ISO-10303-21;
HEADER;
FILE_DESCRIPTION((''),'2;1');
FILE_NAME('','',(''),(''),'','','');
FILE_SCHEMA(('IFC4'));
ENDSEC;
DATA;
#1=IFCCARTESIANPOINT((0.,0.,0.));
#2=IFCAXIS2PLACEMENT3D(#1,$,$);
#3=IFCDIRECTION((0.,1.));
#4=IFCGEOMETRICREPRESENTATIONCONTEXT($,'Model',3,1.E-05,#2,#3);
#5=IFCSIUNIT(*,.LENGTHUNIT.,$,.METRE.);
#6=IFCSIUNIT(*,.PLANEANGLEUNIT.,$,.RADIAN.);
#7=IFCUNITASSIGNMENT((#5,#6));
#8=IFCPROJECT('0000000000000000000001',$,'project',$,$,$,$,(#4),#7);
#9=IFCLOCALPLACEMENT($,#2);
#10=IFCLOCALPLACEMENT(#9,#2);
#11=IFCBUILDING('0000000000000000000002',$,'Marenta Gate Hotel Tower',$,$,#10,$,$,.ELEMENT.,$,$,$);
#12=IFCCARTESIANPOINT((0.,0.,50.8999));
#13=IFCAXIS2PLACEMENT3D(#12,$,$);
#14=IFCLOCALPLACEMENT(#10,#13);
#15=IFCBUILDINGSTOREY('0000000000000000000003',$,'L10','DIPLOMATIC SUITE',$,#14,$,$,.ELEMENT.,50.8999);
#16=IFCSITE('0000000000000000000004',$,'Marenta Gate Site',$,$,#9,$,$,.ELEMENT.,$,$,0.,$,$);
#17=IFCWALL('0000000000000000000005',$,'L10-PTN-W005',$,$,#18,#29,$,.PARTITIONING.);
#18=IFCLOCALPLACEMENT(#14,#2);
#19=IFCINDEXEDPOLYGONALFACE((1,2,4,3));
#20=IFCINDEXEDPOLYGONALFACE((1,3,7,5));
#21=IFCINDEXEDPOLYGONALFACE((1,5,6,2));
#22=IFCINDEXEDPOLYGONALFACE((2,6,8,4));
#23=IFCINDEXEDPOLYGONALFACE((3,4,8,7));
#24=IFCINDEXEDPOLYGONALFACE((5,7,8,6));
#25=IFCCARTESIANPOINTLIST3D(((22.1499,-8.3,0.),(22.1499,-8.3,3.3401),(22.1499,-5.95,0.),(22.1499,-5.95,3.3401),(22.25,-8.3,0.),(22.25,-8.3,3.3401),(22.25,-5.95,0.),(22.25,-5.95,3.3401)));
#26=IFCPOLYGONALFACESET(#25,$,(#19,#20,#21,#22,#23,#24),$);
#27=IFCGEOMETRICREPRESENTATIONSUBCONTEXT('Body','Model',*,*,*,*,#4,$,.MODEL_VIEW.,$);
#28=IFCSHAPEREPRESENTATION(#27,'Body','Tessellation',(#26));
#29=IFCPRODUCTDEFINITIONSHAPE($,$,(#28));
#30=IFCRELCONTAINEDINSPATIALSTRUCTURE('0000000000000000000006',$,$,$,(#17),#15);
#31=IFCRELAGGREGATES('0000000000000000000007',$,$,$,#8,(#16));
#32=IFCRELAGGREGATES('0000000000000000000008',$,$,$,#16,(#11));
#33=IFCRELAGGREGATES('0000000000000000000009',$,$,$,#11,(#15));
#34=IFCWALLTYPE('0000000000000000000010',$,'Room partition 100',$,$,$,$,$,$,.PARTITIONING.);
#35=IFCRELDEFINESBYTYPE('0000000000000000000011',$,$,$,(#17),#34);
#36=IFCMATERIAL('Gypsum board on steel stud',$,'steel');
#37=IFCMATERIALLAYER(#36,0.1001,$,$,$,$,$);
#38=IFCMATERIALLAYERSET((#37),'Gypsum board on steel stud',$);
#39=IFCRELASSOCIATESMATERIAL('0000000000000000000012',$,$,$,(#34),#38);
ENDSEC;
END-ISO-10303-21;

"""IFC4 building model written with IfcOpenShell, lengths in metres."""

from ifc_helpers import new_model, si_unit, direction, frame, frame_2d, origin, place, context, subcontext, project, spatial, rectangle, extrude, material, layer, layer_set, type_object, element, save


model = new_model("IFC4")

# Units and contexts
model_context = context("Model", 3, precision=1e-05, world=origin(), true_north=direction((0.0, 1.0)))
body_context = subcontext(model_context, "Body", "Model", "MODEL_VIEW")
ifc_project = project(units=[si_unit("LENGTHUNIT", "METRE"), si_unit("PLANEANGLEUNIT", "RADIAN")], contexts=[model_context])

# Site, building, storey
site_placement = place(None, origin())
site = spatial("IfcSite", under=ifc_project, at=site_placement, Name="Marenta Gate Site", CompositionType="ELEMENT", RefElevation=0.0)
building_placement = place(site_placement, origin())
building = spatial("IfcBuilding", under=site, at=building_placement, Name="Marenta Gate Hotel Tower", CompositionType="ELEMENT")
storey_placement = place(building_placement, frame((0.0, 0.0, 50.8999)))
storey = spatial("IfcBuildingStorey", under=building, at=storey_placement, Name="L10", Description="DIPLOMATIC SUITE", CompositionType="ELEMENT", Elevation=50.8999)

# Shared definitions
ifc_material_1 = material(Name="Gypsum board on steel stud", Category="steel")
ifc_layer_1 = layer(ifc_material_1, 0.1001)
ifc_layer_set_1 = layer_set([ifc_layer_1], Name="Gypsum board on steel stud")
wall_type = type_object("IfcWallType", Name="Room partition 100", PredefinedType="PARTITIONING", material=ifc_layer_set_1)

# Wall
wall_1_placement = place(storey_placement, frame((22.2, -8.3, 0.0), z_axis=(0.0, 0.0, 1.0), x_axis=(0.0, 1.0, 0.0)))
element("IfcWall", 1, at=wall_1_placement, inside=storey, type_object=wall_type, Name="L10-PTN-W005", PredefinedType="PARTITIONING", context=body_context, shape_type="SweptSolid", body=[
    extrude(rectangle(XDim=2.3501, YDim=0.1001, at=frame_2d((1.175, 0.0))), origin(), (0.0, 0.0, 1.0), 3.3401),
])

save(model, "model.ifc")
